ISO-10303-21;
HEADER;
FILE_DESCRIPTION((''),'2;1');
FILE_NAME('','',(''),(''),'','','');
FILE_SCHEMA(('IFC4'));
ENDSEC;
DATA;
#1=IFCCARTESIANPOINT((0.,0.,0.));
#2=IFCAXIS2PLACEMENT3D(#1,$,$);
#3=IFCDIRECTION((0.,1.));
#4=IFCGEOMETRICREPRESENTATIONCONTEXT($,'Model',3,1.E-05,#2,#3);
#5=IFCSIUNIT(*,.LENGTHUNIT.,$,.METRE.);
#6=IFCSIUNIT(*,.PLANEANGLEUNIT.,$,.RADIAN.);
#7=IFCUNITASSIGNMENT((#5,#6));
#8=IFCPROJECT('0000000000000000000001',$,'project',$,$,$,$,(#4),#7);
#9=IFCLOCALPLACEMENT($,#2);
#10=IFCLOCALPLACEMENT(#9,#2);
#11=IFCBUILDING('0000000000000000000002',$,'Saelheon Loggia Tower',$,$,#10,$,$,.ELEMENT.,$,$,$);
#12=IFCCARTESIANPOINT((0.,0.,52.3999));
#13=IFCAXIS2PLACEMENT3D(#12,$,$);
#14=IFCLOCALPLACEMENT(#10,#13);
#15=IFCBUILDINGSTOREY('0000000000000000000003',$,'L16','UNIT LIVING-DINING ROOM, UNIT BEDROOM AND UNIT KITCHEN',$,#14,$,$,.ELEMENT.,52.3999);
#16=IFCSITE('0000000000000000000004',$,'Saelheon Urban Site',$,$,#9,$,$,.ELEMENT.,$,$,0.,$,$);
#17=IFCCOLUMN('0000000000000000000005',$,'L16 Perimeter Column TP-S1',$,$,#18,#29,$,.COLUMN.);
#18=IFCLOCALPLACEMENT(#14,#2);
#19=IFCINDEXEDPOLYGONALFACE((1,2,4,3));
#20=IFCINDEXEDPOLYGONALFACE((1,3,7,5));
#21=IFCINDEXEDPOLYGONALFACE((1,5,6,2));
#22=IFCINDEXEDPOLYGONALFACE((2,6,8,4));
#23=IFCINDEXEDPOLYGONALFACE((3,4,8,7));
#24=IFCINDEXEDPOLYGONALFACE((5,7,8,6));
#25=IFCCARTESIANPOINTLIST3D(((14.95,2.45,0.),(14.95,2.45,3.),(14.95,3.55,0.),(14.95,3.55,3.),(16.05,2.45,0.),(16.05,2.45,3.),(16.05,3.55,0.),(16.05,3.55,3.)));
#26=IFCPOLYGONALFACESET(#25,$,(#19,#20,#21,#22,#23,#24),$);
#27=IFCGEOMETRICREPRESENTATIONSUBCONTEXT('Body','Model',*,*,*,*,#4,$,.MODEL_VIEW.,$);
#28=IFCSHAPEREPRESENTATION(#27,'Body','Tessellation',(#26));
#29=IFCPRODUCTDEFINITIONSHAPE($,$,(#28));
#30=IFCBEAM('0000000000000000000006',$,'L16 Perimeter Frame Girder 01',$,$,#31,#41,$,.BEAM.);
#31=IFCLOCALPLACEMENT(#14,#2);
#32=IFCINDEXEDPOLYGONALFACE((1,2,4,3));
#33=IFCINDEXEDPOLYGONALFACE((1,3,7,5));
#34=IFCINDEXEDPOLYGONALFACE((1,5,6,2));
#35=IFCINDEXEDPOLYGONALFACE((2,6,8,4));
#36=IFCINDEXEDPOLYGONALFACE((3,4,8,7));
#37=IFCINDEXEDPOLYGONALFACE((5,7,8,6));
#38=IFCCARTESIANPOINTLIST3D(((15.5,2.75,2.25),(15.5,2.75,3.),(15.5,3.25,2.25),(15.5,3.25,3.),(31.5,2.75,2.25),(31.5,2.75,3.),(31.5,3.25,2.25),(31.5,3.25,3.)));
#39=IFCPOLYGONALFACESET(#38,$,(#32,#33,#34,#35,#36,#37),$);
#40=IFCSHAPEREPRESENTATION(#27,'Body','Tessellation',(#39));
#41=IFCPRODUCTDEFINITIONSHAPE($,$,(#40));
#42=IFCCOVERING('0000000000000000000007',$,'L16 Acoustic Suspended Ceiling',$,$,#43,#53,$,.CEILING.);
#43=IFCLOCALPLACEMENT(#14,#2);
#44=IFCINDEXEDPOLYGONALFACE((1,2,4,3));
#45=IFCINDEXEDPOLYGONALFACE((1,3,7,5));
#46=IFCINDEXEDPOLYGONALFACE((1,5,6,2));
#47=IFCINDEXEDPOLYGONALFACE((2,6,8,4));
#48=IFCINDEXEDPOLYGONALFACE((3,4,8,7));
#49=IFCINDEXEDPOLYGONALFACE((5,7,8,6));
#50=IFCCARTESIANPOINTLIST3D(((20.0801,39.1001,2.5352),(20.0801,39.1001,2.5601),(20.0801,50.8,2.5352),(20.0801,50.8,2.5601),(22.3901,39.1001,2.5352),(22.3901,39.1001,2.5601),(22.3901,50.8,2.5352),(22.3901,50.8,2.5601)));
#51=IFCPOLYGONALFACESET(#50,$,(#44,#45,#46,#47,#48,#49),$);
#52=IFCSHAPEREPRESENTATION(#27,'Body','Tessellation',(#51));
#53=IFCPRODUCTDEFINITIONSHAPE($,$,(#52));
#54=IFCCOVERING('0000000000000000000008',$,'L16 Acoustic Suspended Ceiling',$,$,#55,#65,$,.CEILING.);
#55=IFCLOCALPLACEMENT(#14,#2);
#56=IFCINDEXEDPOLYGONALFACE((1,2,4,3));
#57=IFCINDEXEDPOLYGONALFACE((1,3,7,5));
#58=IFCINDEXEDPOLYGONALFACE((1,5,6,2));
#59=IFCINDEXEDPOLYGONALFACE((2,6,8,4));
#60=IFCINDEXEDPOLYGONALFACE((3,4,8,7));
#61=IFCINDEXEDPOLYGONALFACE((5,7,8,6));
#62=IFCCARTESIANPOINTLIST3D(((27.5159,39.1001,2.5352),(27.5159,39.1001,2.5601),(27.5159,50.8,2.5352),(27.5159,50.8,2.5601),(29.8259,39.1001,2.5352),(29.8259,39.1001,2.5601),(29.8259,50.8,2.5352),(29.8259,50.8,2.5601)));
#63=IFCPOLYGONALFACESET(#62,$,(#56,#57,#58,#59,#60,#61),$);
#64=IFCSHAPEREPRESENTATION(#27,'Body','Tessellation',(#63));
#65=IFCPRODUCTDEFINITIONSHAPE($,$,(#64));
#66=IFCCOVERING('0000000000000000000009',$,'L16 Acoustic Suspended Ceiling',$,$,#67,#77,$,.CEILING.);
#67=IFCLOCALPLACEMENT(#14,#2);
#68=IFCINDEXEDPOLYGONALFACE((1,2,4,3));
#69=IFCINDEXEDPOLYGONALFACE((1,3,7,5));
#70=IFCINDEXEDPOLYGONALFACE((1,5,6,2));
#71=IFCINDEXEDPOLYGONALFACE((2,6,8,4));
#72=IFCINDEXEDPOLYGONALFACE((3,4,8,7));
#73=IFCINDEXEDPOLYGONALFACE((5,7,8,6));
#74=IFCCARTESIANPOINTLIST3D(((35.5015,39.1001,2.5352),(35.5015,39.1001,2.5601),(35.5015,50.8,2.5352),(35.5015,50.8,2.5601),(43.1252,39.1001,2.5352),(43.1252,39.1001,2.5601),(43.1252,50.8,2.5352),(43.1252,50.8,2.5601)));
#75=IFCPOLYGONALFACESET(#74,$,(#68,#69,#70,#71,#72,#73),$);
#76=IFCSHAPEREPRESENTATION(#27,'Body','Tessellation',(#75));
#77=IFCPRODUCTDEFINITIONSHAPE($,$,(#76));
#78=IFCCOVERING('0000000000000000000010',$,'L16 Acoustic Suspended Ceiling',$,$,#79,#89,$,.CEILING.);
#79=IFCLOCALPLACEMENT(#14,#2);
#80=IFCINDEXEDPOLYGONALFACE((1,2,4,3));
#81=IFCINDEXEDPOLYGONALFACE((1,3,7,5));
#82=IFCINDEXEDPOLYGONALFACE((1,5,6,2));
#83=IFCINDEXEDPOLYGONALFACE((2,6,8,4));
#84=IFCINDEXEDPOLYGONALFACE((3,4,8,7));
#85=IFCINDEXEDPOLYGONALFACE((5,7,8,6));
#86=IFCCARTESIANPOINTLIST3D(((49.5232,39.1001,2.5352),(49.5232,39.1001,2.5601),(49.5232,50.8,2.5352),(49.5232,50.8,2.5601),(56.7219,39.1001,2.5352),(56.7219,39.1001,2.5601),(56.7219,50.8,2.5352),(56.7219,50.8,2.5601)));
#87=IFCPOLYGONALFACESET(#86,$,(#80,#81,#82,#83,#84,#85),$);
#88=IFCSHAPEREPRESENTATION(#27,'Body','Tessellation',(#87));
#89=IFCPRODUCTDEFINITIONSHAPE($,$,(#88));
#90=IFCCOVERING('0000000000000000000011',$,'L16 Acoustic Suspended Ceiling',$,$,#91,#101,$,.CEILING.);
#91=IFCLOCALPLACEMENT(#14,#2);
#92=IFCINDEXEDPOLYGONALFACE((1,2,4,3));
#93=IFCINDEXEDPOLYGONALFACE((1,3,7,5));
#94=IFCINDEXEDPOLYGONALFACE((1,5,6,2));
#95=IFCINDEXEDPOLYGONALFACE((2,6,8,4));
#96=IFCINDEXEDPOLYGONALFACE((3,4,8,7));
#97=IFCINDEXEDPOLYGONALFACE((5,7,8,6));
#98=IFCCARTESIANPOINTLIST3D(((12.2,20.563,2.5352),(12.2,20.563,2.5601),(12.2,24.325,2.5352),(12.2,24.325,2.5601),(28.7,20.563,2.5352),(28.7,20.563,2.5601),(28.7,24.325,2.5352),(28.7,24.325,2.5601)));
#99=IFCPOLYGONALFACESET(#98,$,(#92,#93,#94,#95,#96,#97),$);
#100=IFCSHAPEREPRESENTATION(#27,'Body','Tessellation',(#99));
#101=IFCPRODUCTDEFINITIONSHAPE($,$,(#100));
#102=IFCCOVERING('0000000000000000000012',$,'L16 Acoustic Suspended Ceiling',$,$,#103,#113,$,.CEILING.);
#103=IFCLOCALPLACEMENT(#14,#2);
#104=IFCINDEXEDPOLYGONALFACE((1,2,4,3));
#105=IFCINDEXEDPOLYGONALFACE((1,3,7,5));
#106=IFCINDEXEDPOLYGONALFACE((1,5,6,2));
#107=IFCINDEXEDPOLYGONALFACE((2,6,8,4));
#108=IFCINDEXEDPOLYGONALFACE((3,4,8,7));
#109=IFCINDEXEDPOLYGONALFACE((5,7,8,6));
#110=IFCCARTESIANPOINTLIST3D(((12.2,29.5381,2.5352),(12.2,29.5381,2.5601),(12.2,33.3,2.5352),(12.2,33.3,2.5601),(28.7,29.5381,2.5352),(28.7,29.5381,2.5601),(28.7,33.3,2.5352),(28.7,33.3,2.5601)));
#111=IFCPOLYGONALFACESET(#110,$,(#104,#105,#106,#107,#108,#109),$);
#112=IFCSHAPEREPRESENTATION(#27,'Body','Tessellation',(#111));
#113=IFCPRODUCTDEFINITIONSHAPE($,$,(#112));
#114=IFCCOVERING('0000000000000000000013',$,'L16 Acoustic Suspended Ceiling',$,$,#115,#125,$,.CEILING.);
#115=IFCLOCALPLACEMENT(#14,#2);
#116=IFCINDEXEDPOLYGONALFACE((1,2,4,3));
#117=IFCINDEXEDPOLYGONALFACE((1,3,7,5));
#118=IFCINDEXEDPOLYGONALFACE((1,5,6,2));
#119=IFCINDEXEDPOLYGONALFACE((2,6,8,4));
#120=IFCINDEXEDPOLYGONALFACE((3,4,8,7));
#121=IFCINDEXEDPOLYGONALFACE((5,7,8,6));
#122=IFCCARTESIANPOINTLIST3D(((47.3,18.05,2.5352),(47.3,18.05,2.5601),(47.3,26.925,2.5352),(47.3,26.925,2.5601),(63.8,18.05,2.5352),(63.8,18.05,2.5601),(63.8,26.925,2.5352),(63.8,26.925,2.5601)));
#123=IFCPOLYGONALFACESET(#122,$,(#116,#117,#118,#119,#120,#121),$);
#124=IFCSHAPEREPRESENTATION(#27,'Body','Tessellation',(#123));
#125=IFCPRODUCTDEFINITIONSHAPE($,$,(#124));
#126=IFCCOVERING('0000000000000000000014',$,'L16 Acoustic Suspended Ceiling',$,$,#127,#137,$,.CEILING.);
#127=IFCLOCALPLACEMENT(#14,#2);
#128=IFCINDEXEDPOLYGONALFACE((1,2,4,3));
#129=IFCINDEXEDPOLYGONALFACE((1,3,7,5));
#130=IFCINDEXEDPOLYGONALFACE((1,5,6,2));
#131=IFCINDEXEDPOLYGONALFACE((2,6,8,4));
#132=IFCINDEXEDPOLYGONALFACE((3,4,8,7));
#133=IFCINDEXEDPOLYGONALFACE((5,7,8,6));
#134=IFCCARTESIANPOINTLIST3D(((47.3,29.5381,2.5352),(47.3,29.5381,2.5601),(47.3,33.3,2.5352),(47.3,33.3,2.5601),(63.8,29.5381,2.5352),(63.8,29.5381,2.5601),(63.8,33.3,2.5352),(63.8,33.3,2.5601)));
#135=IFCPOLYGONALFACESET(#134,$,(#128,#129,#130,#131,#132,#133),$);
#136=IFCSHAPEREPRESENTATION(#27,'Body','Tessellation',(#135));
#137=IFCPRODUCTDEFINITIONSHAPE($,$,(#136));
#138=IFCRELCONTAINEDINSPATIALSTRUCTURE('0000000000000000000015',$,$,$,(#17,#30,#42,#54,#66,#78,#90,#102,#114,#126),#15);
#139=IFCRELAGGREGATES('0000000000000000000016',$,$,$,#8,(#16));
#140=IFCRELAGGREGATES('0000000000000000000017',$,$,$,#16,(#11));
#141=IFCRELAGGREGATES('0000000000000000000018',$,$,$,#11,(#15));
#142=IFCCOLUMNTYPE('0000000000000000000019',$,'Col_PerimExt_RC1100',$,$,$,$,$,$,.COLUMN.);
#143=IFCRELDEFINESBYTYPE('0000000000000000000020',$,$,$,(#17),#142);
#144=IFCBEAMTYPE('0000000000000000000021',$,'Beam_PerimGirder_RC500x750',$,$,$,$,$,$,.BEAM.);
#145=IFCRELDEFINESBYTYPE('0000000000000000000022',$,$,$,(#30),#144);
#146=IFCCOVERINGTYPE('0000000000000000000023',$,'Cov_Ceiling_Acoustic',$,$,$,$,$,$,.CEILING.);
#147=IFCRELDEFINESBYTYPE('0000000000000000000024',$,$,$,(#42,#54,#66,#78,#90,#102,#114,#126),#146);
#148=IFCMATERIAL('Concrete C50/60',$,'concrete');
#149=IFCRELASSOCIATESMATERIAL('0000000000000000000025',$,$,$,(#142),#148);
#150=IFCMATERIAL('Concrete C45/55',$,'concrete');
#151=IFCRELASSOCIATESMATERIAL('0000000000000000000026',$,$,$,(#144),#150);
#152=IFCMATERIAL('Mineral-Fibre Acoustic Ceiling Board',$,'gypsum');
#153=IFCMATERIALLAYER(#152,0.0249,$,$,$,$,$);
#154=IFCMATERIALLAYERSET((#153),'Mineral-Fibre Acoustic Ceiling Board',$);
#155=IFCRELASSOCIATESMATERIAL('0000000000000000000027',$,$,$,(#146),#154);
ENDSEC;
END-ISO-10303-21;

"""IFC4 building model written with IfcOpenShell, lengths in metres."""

from ifc_helpers import new_model, si_unit, direction, frame, origin, origin_2d, place, context, subcontext, project, spatial, polyline, rectangle, outline, extrude, source, transform, mapped, material, layer, layer_set, material_profile, profile_set, type_object, element, save


model = new_model("IFC4")

# Units and contexts
model_context = context("Model", 3, precision=1e-05, world=origin(), true_north=direction((0.0, 1.0)))
body_context = subcontext(model_context, "Body", "Model", "MODEL_VIEW")
ifc_project = project(units=[si_unit("LENGTHUNIT", "METRE"), si_unit("PLANEANGLEUNIT", "RADIAN")], contexts=[model_context])

# Site, building, storey
site_placement = place(None, origin())
site = spatial("IfcSite", under=ifc_project, at=site_placement, Name="Saelheon Urban Site", CompositionType="ELEMENT", RefElevation=0.0)
building_placement = place(site_placement, origin())
building = spatial("IfcBuilding", under=site, at=building_placement, Name="Saelheon Loggia Tower", CompositionType="ELEMENT")
storey_placement = place(building_placement, frame((0.0, 0.0, 52.3999)))
storey = spatial("IfcBuildingStorey", under=building, at=storey_placement, Name="L16", Description="UNIT LIVING-DINING ROOM, UNIT BEDROOM AND UNIT KITCHEN", CompositionType="ELEMENT", Elevation=52.3999)

# Column
ifc_material_1 = material(Name="Concrete C50/60", Category="concrete")
ifc_material_profile_1 = material_profile(ifc_material_1, rectangle(XDim=1.1001, YDim=1.1001, at=origin_2d()), Name="RC-1100x1100")
ifc_profile_set_1 = profile_set([ifc_material_profile_1], Name="Concrete C50/60")
column_type = type_object("IfcColumnType", Name="Col_PerimExt_RC1100", PredefinedType="COLUMN", material=ifc_profile_set_1)
shared_shape_1 = source(origin(), body_context, "Body", "SweptSolid", [
    extrude(rectangle(XDim=1.1001, YDim=1.1001, at=origin_2d()), origin(), (0.0, 0.0, 1.0), 3.0),
])
column_placement = place(storey_placement, frame((15.5, 3.0, 0.0), z_axis=(0.0, 0.0, 1.0), x_axis=(1.0, 0.0, 0.0)))
element("IfcColumn", 1, at=column_placement, inside=storey, type_object=column_type, Name="L16 Perimeter Column TP-S1", PredefinedType="COLUMN", context=body_context, shape_type="MappedRepresentation", body=[
    mapped(shared_shape_1, transform((0.0, 0.0, 0.0), scale=1.0)),
])

# Beam
ifc_material_2 = material(Name="Concrete C45/55", Category="concrete")
ifc_material_profile_2 = material_profile(ifc_material_2, rectangle(XDim=0.5, YDim=0.75, at=origin_2d()), Name="RC-500x750")
ifc_profile_set_2 = profile_set([ifc_material_profile_2], Name="Concrete C45/55")
beam_type = type_object("IfcBeamType", Name="Beam_PerimGirder_RC500x750", PredefinedType="BEAM", material=ifc_profile_set_2)
shared_shape_2 = source(origin(), body_context, "Body", "SweptSolid", [
    extrude(rectangle(XDim=0.5, YDim=0.75, at=origin_2d()), origin(), (0.0, 0.0, 1.0), 16.0),
])
beam_placement = place(storey_placement, frame((15.5, 3.0, 2.625), z_axis=(1.0, 0.0, 0.0), x_axis=(0.0, 1.0, 0.0)))
element("IfcBeam", 2, at=beam_placement, inside=storey, type_object=beam_type, Name="L16 Perimeter Frame Girder 01", PredefinedType="BEAM", context=body_context, shape_type="MappedRepresentation", body=[
    mapped(shared_shape_2, transform((0.0, 0.0, 0.0), scale=1.0)),
])

# Coverings
ifc_material_3 = material(Name="Mineral-Fibre Acoustic Ceiling Board", Category="gypsum")
ifc_layer_1 = layer(ifc_material_3, 0.0249)
ifc_layer_set_1 = layer_set([ifc_layer_1], Name="Mineral-Fibre Acoustic Ceiling Board")
covering_type = type_object("IfcCoveringType", Name="Cov_Ceiling_Acoustic", PredefinedType="CEILING", material=ifc_layer_set_1)
covering_1_placement = place(storey_placement, frame((0.0, 0.0, 2.5352)))
element("IfcCovering", 3, at=covering_1_placement, inside=storey, type_object=covering_type, Name="L16 Acoustic Suspended Ceiling", PredefinedType="CEILING", context=body_context, shape_type="SweptSolid", body=[
    extrude(outline(polyline([(20.0801, 39.1001), (22.3901, 39.1001), (22.3901, 50.8), (20.0801, 50.8), (20.0801, 39.1001)])), origin(), (0.0, 0.0, 1.0), 0.0249),
])
covering_2_placement = place(storey_placement, frame((0.0, 0.0, 2.5352)))
element("IfcCovering", 4, at=covering_2_placement, inside=storey, type_object=covering_type, Name="L16 Acoustic Suspended Ceiling", PredefinedType="CEILING", context=body_context, shape_type="SweptSolid", body=[
    extrude(outline(polyline([(27.5159, 39.1001), (29.8259, 39.1001), (29.8259, 50.8), (27.5159, 50.8), (27.5159, 39.1001)])), origin(), (0.0, 0.0, 1.0), 0.0249),
])
covering_3_placement = place(storey_placement, frame((0.0, 0.0, 2.5352)))
element("IfcCovering", 5, at=covering_3_placement, inside=storey, type_object=covering_type, Name="L16 Acoustic Suspended Ceiling", PredefinedType="CEILING", context=body_context, shape_type="SweptSolid", body=[
    extrude(outline(polyline([(35.5015, 39.1001), (43.1252, 39.1001), (43.1252, 50.8), (35.5015, 50.8), (35.5015, 39.1001)])), origin(), (0.0, 0.0, 1.0), 0.0249),
])
covering_4_placement = place(storey_placement, frame((0.0, 0.0, 2.5352)))
element("IfcCovering", 6, at=covering_4_placement, inside=storey, type_object=covering_type, Name="L16 Acoustic Suspended Ceiling", PredefinedType="CEILING", context=body_context, shape_type="SweptSolid", body=[
    extrude(outline(polyline([(49.5232, 39.1001), (56.7219, 39.1001), (56.7219, 50.8), (49.5232, 50.8), (49.5232, 39.1001)])), origin(), (0.0, 0.0, 1.0), 0.0249),
])
covering_5_placement = place(storey_placement, frame((0.0, 0.0, 2.5352)))
element("IfcCovering", 7, at=covering_5_placement, inside=storey, type_object=covering_type, Name="L16 Acoustic Suspended Ceiling", PredefinedType="CEILING", context=body_context, shape_type="SweptSolid", body=[
    extrude(outline(polyline([(12.2, 20.563), (28.7, 20.563), (28.7, 24.325), (12.2, 24.325), (12.2, 20.563)])), origin(), (0.0, 0.0, 1.0), 0.0249),
])
covering_6_placement = place(storey_placement, frame((0.0, 0.0, 2.5352)))
element("IfcCovering", 8, at=covering_6_placement, inside=storey, type_object=covering_type, Name="L16 Acoustic Suspended Ceiling", PredefinedType="CEILING", context=body_context, shape_type="SweptSolid", body=[
    extrude(outline(polyline([(12.2, 29.5381), (28.7, 29.5381), (28.7, 33.3), (12.2, 33.3), (12.2, 29.5381)])), origin(), (0.0, 0.0, 1.0), 0.0249),
])
covering_7_placement = place(storey_placement, frame((0.0, 0.0, 2.5352)))
element("IfcCovering", 9, at=covering_7_placement, inside=storey, type_object=covering_type, Name="L16 Acoustic Suspended Ceiling", PredefinedType="CEILING", context=body_context, shape_type="SweptSolid", body=[
    extrude(outline(polyline([(47.3, 18.05), (63.8, 18.05), (63.8, 26.925), (47.3, 26.925), (47.3, 18.05)])), origin(), (0.0, 0.0, 1.0), 0.0249),
])
covering_8_placement = place(storey_placement, frame((0.0, 0.0, 2.5352)))
element("IfcCovering", 10, at=covering_8_placement, inside=storey, type_object=covering_type, Name="L16 Acoustic Suspended Ceiling", PredefinedType="CEILING", context=body_context, shape_type="SweptSolid", body=[
    extrude(outline(polyline([(47.3, 29.5381), (63.8, 29.5381), (63.8, 33.3), (47.3, 33.3), (47.3, 29.5381)])), origin(), (0.0, 0.0, 1.0), 0.0249),
])

save(model, "model.ifc")
